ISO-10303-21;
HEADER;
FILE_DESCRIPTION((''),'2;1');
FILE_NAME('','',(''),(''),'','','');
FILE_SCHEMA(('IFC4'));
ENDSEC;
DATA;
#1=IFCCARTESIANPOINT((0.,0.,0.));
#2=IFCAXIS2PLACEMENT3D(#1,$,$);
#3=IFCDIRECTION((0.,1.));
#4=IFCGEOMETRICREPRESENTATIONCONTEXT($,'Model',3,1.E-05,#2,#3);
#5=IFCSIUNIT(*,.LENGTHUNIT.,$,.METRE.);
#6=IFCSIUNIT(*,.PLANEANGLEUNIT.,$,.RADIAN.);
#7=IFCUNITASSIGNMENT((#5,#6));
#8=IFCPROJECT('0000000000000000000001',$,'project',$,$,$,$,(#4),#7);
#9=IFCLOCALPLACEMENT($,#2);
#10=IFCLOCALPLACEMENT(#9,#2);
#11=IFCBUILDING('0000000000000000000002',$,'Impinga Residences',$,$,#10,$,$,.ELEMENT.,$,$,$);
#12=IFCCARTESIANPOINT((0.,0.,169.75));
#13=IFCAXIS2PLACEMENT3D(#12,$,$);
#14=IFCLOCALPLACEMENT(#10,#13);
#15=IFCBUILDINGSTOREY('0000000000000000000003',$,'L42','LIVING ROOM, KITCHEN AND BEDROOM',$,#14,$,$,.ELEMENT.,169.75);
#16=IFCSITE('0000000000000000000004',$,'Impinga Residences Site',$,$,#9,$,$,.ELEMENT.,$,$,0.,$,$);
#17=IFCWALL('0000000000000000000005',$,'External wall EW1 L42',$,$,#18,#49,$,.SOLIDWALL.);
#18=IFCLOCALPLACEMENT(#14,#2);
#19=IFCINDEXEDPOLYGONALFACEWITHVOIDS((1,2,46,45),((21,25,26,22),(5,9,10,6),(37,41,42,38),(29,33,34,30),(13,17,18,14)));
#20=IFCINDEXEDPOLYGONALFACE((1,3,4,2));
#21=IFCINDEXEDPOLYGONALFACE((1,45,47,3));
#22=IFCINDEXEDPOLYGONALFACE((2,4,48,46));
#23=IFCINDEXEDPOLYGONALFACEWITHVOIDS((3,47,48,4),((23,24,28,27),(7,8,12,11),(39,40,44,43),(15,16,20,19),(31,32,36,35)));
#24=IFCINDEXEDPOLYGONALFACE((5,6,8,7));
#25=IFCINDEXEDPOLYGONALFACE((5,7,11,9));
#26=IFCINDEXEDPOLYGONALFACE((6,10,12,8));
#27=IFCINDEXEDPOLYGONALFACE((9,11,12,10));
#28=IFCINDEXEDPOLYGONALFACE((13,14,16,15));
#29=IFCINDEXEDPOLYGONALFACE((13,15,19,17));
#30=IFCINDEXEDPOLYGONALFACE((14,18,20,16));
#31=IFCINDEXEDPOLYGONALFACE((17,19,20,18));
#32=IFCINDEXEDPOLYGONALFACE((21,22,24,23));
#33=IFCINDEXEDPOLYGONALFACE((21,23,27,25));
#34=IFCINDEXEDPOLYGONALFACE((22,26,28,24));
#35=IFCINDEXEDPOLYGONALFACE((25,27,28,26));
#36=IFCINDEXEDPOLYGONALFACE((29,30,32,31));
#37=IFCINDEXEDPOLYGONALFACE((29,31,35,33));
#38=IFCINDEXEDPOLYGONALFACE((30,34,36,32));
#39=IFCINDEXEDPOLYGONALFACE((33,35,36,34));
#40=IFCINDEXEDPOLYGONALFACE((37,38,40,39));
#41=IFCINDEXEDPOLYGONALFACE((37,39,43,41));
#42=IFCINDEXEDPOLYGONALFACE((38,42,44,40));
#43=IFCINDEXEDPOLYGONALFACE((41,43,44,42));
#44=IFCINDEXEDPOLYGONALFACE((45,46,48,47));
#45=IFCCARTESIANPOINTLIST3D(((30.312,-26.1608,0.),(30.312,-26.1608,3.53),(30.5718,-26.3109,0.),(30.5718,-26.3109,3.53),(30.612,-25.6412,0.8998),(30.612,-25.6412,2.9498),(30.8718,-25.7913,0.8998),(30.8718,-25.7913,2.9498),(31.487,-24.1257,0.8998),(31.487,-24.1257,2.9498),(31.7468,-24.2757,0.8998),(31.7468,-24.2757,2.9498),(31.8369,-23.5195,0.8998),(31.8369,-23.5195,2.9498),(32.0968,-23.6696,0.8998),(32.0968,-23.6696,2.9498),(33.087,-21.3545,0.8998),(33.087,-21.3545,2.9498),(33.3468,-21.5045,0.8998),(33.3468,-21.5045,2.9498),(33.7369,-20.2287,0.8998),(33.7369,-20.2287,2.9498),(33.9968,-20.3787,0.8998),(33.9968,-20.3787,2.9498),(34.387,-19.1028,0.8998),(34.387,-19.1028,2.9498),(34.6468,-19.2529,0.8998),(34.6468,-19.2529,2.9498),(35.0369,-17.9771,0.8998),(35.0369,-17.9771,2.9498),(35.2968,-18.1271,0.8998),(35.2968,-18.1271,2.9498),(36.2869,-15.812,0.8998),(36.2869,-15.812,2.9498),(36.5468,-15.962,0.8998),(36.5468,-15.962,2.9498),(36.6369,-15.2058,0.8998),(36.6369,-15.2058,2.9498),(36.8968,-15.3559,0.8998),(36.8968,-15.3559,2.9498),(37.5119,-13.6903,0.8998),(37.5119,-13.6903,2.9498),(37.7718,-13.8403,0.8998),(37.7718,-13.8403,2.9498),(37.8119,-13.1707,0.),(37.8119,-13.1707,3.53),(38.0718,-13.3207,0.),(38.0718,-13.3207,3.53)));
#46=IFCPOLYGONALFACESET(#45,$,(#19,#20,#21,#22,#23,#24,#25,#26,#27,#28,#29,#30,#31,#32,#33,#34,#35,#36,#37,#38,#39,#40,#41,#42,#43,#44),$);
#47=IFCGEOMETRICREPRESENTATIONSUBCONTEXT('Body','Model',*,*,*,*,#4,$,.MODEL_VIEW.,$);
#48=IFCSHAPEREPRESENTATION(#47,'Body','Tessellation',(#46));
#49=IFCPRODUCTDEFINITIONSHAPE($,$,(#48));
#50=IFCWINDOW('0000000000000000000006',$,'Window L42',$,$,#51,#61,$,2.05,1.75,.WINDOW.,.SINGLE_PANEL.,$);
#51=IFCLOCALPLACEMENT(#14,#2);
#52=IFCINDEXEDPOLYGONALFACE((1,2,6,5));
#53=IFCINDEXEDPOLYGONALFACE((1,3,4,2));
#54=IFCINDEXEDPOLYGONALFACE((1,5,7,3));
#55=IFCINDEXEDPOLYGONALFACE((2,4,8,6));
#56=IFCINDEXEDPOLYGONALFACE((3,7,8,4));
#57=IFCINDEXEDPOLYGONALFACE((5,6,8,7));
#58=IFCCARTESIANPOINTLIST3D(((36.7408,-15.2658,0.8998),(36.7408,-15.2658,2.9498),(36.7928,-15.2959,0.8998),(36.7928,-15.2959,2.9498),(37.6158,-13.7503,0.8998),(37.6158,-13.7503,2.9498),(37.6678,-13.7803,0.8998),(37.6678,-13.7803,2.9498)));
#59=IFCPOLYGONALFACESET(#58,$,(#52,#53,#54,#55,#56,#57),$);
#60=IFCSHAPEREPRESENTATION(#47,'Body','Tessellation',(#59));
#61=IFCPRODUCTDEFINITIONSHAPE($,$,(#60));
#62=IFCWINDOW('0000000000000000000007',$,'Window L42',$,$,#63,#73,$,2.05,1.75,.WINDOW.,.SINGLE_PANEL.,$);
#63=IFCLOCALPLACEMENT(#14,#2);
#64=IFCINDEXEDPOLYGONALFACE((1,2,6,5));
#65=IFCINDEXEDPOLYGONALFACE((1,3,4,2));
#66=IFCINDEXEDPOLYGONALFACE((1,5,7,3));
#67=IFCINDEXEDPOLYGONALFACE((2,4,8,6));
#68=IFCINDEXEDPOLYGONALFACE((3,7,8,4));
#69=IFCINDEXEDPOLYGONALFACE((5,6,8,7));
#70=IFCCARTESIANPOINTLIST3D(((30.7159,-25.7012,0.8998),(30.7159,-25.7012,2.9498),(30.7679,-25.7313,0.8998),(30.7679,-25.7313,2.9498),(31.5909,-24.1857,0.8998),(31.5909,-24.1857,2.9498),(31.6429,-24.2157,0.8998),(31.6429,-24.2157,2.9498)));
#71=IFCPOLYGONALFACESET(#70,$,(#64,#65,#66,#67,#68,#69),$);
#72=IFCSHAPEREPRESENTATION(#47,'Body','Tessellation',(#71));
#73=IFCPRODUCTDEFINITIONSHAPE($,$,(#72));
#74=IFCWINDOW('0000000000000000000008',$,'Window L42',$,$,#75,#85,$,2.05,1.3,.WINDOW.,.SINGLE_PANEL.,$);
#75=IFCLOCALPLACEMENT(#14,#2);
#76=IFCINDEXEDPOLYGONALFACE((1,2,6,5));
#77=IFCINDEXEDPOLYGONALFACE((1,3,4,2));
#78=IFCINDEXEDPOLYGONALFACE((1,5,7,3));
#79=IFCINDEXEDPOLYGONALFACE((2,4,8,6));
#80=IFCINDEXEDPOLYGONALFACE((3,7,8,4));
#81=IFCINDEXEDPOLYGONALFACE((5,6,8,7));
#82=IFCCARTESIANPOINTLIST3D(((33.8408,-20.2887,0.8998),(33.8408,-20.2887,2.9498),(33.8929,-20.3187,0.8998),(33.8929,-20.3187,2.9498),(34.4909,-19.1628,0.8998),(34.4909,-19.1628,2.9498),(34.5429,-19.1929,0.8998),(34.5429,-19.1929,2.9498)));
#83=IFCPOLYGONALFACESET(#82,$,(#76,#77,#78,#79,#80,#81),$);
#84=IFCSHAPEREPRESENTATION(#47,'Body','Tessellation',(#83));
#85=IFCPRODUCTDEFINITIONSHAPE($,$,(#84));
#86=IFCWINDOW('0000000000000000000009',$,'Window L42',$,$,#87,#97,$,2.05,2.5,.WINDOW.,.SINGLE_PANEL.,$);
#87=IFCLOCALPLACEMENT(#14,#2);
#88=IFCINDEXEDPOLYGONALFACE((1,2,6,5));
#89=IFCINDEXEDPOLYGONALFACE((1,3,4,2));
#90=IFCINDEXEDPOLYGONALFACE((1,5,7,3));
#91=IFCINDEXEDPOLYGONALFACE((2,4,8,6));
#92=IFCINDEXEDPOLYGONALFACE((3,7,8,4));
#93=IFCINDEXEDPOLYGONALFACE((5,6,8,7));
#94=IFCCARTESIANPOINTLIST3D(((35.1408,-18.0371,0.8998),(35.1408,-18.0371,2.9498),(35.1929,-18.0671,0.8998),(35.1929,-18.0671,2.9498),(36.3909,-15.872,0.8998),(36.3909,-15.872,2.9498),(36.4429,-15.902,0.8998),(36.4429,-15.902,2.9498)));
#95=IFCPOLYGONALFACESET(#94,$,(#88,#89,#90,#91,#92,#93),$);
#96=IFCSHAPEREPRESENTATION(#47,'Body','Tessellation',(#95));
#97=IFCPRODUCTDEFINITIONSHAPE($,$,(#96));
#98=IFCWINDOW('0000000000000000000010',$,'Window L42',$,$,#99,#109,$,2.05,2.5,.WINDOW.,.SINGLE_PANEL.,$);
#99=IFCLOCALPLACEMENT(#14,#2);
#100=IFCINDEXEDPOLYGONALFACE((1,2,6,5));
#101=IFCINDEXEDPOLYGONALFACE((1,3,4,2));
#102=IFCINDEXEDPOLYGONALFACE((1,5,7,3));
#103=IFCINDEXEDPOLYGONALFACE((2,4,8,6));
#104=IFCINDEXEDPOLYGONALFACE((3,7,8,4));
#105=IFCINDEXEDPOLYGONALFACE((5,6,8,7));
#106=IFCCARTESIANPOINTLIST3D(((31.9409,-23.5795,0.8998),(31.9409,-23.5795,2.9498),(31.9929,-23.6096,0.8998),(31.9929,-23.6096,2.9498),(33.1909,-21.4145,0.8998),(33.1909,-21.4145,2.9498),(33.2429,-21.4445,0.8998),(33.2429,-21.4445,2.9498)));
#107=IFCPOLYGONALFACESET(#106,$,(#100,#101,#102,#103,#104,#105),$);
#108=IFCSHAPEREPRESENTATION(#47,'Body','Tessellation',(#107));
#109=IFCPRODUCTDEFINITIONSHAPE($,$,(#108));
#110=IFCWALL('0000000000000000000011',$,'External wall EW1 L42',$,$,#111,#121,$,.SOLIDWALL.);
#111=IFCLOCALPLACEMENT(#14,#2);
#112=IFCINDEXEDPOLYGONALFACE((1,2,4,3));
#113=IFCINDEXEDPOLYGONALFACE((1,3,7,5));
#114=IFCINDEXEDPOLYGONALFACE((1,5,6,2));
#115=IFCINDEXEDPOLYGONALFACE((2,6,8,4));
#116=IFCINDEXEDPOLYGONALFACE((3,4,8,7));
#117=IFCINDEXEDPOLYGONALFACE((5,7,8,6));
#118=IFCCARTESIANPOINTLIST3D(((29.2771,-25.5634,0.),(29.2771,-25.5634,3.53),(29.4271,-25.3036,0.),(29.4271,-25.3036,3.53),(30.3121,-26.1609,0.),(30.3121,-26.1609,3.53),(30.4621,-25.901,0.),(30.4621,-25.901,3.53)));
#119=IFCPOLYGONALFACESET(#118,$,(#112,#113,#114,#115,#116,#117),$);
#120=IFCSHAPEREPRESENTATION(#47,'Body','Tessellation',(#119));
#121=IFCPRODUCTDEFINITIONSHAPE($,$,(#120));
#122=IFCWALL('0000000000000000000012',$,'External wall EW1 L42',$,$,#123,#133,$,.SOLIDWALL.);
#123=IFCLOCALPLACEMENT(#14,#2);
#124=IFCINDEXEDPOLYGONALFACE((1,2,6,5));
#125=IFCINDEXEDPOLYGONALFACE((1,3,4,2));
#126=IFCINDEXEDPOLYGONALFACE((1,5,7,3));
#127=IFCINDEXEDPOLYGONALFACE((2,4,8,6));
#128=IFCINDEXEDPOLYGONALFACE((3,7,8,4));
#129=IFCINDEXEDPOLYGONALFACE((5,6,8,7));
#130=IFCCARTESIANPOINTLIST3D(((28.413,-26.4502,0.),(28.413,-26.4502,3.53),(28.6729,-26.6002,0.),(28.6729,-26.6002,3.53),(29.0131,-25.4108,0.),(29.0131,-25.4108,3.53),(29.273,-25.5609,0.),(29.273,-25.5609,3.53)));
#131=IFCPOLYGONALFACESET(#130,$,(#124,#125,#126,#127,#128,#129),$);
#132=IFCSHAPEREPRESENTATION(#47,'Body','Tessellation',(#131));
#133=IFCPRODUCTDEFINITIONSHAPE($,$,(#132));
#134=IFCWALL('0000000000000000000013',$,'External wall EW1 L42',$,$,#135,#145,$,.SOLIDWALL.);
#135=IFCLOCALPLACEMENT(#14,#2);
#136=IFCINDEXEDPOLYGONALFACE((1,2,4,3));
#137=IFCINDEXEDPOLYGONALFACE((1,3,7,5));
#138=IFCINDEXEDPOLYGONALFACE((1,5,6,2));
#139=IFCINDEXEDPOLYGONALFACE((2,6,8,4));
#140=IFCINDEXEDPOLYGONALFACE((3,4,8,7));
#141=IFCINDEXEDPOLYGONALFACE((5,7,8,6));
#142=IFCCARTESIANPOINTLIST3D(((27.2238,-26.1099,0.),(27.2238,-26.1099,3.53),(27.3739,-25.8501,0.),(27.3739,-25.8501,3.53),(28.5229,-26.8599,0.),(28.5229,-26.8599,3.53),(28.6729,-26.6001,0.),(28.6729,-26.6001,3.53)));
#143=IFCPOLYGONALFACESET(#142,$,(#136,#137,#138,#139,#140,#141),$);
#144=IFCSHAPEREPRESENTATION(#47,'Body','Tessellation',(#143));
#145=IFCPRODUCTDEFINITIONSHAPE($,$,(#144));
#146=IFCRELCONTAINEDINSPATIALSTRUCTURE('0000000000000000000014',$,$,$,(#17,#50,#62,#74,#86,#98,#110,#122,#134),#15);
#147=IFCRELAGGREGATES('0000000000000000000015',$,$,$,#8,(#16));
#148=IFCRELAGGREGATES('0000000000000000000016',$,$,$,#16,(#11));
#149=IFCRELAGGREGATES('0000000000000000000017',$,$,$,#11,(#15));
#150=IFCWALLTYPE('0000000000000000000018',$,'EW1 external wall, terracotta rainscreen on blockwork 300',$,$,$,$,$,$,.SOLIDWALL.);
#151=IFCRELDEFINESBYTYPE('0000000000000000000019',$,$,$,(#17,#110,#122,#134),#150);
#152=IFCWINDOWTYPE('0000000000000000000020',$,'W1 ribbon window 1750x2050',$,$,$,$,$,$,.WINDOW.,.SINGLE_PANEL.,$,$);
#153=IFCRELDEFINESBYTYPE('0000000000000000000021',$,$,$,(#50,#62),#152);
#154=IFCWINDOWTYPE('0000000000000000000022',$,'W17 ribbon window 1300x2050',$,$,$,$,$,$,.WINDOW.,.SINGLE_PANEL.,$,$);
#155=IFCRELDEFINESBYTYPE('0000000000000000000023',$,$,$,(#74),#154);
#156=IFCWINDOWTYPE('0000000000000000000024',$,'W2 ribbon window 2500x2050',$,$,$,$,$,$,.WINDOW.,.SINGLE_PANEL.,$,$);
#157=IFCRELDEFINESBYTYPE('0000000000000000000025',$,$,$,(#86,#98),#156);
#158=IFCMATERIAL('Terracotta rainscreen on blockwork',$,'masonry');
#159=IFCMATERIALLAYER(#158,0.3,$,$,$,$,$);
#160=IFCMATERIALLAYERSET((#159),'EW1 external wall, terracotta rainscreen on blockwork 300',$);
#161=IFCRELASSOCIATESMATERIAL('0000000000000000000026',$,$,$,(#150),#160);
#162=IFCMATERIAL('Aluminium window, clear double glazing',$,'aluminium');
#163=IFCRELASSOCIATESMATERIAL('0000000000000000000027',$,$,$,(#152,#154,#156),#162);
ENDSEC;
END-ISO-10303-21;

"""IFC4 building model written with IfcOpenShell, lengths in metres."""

from ifc_helpers import new_model, si_unit, direction, frame, frame_2d, origin, place, context, subcontext, project, spatial, rectangle, extrude, material, layer, layer_set, type_object, element, fill, save


model = new_model("IFC4")

# Units and contexts
model_context = context("Model", 3, precision=1e-05, world=origin(), true_north=direction((0.0, 1.0)))
body_context = subcontext(model_context, "Body", "Model", "MODEL_VIEW")
ifc_project = project(units=[si_unit("LENGTHUNIT", "METRE"), si_unit("PLANEANGLEUNIT", "RADIAN")], contexts=[model_context])

# Site, building, storey
site_placement = place(None, origin())
site = spatial("IfcSite", under=ifc_project, at=site_placement, Name="Impinga Residences Site", CompositionType="ELEMENT", RefElevation=0.0)
building_placement = place(site_placement, origin())
building = spatial("IfcBuilding", under=site, at=building_placement, Name="Impinga Residences", CompositionType="ELEMENT")
storey_placement = place(building_placement, frame((0.0, 0.0, 169.75)))
storey = spatial("IfcBuildingStorey", under=building, at=storey_placement, Name="L42", Description="LIVING ROOM, KITCHEN AND BEDROOM", CompositionType="ELEMENT", Elevation=169.75)

# Wall, openings, windows
ifc_material_1 = material(Name="Terracotta rainscreen on blockwork", Category="masonry")
ifc_layer = layer(ifc_material_1, 0.3)
ifc_layer_set = layer_set([ifc_layer], Name="EW1 external wall, terracotta rainscreen on blockwork 300")
wall_type = type_object("IfcWallType", Name="EW1 external wall, terracotta rainscreen on blockwork 300", PredefinedType="SOLIDWALL", material=ifc_layer_set)
wall_1_placement = place(storey_placement, frame((37.9419, -13.2456, 0.0), z_axis=(0.0, 0.0, 1.0), x_axis=(-0.500004, -0.866023, 0.0)))
wall_1 = element("IfcWall", 1, at=wall_1_placement, inside=storey, type_object=wall_type, Name="External wall EW1 L42", PredefinedType="SOLIDWALL", context=body_context, shape_type="SweptSolid", body=[
    extrude(rectangle(XDim=14.9998, YDim=0.3, at=frame_2d((7.5, 0.0))), origin(), (0.0, 0.0, 1.0), 3.53),
])
opening_1_placement = place(wall_1_placement, frame((0.6001, 0.0, 0.8999)))
opening_1 = element("IfcOpeningElement", 2, at=opening_1_placement, cuts=wall_1, PredefinedType="OPENING", context=body_context, shape_type="SweptSolid", body=[
    extrude(rectangle(XDim=1.75, YDim=2.05, at=frame_2d((0.875, 1.0249))), frame((0.0, 0.1599, 0.0), z_axis=(0.0, -1.0, 0.0), x_axis=(1.0, 0.0, 0.0)), (0.0, 0.0, 1.0), 0.3201),
])
opening_2_placement = place(wall_1_placement, frame((3.05, 0.0, 0.8999)))
opening_2 = element("IfcOpeningElement", 3, at=opening_2_placement, cuts=wall_1, PredefinedType="OPENING", context=body_context, shape_type="SweptSolid", body=[
    extrude(rectangle(XDim=2.5, YDim=2.05, at=frame_2d((1.25, 1.0249))), frame((0.0, 0.1599, 0.0), z_axis=(0.0, -1.0, 0.0), x_axis=(1.0, 0.0, 0.0)), (0.0, 0.0, 1.0), 0.3201),
])
opening_3_placement = place(wall_1_placement, frame((6.8501, 0.0, 0.8999)))
opening_3 = element("IfcOpeningElement", 4, at=opening_3_placement, cuts=wall_1, PredefinedType="OPENING", context=body_context, shape_type="SweptSolid", body=[
    extrude(rectangle(XDim=1.3, YDim=2.05, at=frame_2d((0.6499, 1.0249))), frame((0.0, 0.1599, 0.0), z_axis=(0.0, -1.0, 0.0), x_axis=(1.0, 0.0, 0.0)), (0.0, 0.0, 1.0), 0.3201),
])
opening_4_placement = place(wall_1_placement, frame((9.45, 0.0, 0.8999)))
opening_4 = element("IfcOpeningElement", 5, at=opening_4_placement, cuts=wall_1, PredefinedType="OPENING", context=body_context, shape_type="SweptSolid", body=[
    extrude(rectangle(XDim=2.5, YDim=2.05, at=frame_2d((1.25, 1.0249))), frame((0.0, 0.1599, 0.0), z_axis=(0.0, -1.0, 0.0), x_axis=(1.0, 0.0, 0.0)), (0.0, 0.0, 1.0), 0.3201),
])
opening_5_placement = place(wall_1_placement, frame((12.6499, 0.0, 0.8999)))
opening_5 = element("IfcOpeningElement", 6, at=opening_5_placement, cuts=wall_1, PredefinedType="OPENING", context=body_context, shape_type="SweptSolid", body=[
    extrude(rectangle(XDim=1.75, YDim=2.05, at=frame_2d((0.875, 1.0249))), frame((0.0, 0.1599, 0.0), z_axis=(0.0, -1.0, 0.0), x_axis=(1.0, 0.0, 0.0)), (0.0, 0.0, 1.0), 0.3201),
])
ifc_material_2 = material(Name="Aluminium window, clear double glazing", Category="aluminium")
window_type_1 = type_object("IfcWindowType", Name="W1 ribbon window 1750x2050", PartitioningType="SINGLE_PANEL", PredefinedType="WINDOW", material=ifc_material_2)
window_1_placement = place(opening_1_placement, origin())
window_1 = element("IfcWindow", 7, at=window_1_placement, inside=storey, type_object=window_type_1, Name="Window L42", OverallHeight=2.05, OverallWidth=1.75, PartitioningType="SINGLE_PANEL", PredefinedType="WINDOW", context=body_context, shape_type="SweptSolid", body=[
    extrude(rectangle(XDim=1.75, YDim=2.05, at=frame_2d((0.875, 1.0249))), frame((0.0, 0.03, 0.0), z_axis=(0.0, -1.0, 0.0), x_axis=(1.0, 0.0, 0.0)), (0.0, 0.0, 1.0), 0.0601),
])
fill(opening_1, window_1)
window_2_placement = place(opening_5_placement, origin())
window_2 = element("IfcWindow", 8, at=window_2_placement, inside=storey, type_object=window_type_1, Name="Window L42", OverallHeight=2.05, OverallWidth=1.75, PartitioningType="SINGLE_PANEL", PredefinedType="WINDOW", context=body_context, shape_type="SweptSolid", body=[
    extrude(rectangle(XDim=1.75, YDim=2.05, at=frame_2d((0.875, 1.0249))), frame((0.0, 0.03, 0.0), z_axis=(0.0, -1.0, 0.0), x_axis=(1.0, 0.0, 0.0)), (0.0, 0.0, 1.0), 0.0601),
])
fill(opening_5, window_2)
window_type_2 = type_object("IfcWindowType", Name="W17 ribbon window 1300x2050", PartitioningType="SINGLE_PANEL", PredefinedType="WINDOW", material=ifc_material_2)
window_3_placement = place(opening_3_placement, origin())
window_3 = element("IfcWindow", 9, at=window_3_placement, inside=storey, type_object=window_type_2, Name="Window L42", OverallHeight=2.05, OverallWidth=1.3, PartitioningType="SINGLE_PANEL", PredefinedType="WINDOW", context=body_context, shape_type="SweptSolid", body=[
    extrude(rectangle(XDim=1.3, YDim=2.05, at=frame_2d((0.6499, 1.0249))), frame((0.0, 0.03, 0.0), z_axis=(0.0, -1.0, 0.0), x_axis=(1.0, 0.0, 0.0)), (0.0, 0.0, 1.0), 0.0601),
])
fill(opening_3, window_3)
window_type_3 = type_object("IfcWindowType", Name="W2 ribbon window 2500x2050", PartitioningType="SINGLE_PANEL", PredefinedType="WINDOW", material=ifc_material_2)
window_4_placement = place(opening_2_placement, origin())
window_4 = element("IfcWindow", 10, at=window_4_placement, inside=storey, type_object=window_type_3, Name="Window L42", OverallHeight=2.05, OverallWidth=2.5, PartitioningType="SINGLE_PANEL", PredefinedType="WINDOW", context=body_context, shape_type="SweptSolid", body=[
    extrude(rectangle(XDim=2.5, YDim=2.05, at=frame_2d((1.25, 1.0249))), frame((0.0, 0.03, 0.0), z_axis=(0.0, -1.0, 0.0), x_axis=(1.0, 0.0, 0.0)), (0.0, 0.0, 1.0), 0.0601),
])
fill(opening_2, window_4)
window_5_placement = place(opening_4_placement, origin())
window_5 = element("IfcWindow", 11, at=window_5_placement, inside=storey, type_object=window_type_3, Name="Window L42", OverallHeight=2.05, OverallWidth=2.5, PartitioningType="SINGLE_PANEL", PredefinedType="WINDOW", context=body_context, shape_type="SweptSolid", body=[
    extrude(rectangle(XDim=2.5, YDim=2.05, at=frame_2d((1.25, 1.0249))), frame((0.0, 0.03, 0.0), z_axis=(0.0, -1.0, 0.0), x_axis=(1.0, 0.0, 0.0)), (0.0, 0.0, 1.0), 0.0601),
])
fill(opening_4, window_5)

# Walls
wall_2_placement = place(storey_placement, frame((30.3872, -26.031, 0.0), z_axis=(0.0, 0.0, 1.0), x_axis=(-0.86606, 0.499941, 0.0)))
element("IfcWall", 12, at=wall_2_placement, inside=storey, type_object=wall_type, Name="External wall EW1 L42", PredefinedType="SOLIDWALL", context=body_context, shape_type="SweptSolid", body=[
    extrude(rectangle(XDim=1.1951, YDim=0.3, at=frame_2d((0.5977, 0.0))), origin(), (0.0, 0.0, 1.0), 3.53),
])
wall_3_placement = place(storey_placement, frame((29.1431, -25.4858, 0.0), z_axis=(0.0, 0.0, 1.0), x_axis=(-0.500034, -0.866006, 0.0)))
element("IfcWall", 13, at=wall_3_placement, inside=storey, type_object=wall_type, Name="External wall EW1 L42", PredefinedType="SOLIDWALL", context=body_context, shape_type="SweptSolid", body=[
    extrude(rectangle(XDim=1.2002, YDim=0.3, at=frame_2d((0.6001, 0.0))), origin(), (0.0, 0.0, 1.0), 3.53),
])
wall_4_placement = place(storey_placement, frame((28.5979, -26.73, 0.0), z_axis=(0.0, 0.0, 1.0), x_axis=(-0.866031, 0.49999, 0.0)))
element("IfcWall", 14, at=wall_4_placement, inside=storey, type_object=wall_type, Name="External wall EW1 L42", PredefinedType="SOLIDWALL", context=body_context, shape_type="SweptSolid", body=[
    extrude(rectangle(XDim=1.5, YDim=0.3, at=frame_2d((0.75, 0.0))), origin(), (0.0, 0.0, 1.0), 3.53),
])

save(model, "model.ifc")
